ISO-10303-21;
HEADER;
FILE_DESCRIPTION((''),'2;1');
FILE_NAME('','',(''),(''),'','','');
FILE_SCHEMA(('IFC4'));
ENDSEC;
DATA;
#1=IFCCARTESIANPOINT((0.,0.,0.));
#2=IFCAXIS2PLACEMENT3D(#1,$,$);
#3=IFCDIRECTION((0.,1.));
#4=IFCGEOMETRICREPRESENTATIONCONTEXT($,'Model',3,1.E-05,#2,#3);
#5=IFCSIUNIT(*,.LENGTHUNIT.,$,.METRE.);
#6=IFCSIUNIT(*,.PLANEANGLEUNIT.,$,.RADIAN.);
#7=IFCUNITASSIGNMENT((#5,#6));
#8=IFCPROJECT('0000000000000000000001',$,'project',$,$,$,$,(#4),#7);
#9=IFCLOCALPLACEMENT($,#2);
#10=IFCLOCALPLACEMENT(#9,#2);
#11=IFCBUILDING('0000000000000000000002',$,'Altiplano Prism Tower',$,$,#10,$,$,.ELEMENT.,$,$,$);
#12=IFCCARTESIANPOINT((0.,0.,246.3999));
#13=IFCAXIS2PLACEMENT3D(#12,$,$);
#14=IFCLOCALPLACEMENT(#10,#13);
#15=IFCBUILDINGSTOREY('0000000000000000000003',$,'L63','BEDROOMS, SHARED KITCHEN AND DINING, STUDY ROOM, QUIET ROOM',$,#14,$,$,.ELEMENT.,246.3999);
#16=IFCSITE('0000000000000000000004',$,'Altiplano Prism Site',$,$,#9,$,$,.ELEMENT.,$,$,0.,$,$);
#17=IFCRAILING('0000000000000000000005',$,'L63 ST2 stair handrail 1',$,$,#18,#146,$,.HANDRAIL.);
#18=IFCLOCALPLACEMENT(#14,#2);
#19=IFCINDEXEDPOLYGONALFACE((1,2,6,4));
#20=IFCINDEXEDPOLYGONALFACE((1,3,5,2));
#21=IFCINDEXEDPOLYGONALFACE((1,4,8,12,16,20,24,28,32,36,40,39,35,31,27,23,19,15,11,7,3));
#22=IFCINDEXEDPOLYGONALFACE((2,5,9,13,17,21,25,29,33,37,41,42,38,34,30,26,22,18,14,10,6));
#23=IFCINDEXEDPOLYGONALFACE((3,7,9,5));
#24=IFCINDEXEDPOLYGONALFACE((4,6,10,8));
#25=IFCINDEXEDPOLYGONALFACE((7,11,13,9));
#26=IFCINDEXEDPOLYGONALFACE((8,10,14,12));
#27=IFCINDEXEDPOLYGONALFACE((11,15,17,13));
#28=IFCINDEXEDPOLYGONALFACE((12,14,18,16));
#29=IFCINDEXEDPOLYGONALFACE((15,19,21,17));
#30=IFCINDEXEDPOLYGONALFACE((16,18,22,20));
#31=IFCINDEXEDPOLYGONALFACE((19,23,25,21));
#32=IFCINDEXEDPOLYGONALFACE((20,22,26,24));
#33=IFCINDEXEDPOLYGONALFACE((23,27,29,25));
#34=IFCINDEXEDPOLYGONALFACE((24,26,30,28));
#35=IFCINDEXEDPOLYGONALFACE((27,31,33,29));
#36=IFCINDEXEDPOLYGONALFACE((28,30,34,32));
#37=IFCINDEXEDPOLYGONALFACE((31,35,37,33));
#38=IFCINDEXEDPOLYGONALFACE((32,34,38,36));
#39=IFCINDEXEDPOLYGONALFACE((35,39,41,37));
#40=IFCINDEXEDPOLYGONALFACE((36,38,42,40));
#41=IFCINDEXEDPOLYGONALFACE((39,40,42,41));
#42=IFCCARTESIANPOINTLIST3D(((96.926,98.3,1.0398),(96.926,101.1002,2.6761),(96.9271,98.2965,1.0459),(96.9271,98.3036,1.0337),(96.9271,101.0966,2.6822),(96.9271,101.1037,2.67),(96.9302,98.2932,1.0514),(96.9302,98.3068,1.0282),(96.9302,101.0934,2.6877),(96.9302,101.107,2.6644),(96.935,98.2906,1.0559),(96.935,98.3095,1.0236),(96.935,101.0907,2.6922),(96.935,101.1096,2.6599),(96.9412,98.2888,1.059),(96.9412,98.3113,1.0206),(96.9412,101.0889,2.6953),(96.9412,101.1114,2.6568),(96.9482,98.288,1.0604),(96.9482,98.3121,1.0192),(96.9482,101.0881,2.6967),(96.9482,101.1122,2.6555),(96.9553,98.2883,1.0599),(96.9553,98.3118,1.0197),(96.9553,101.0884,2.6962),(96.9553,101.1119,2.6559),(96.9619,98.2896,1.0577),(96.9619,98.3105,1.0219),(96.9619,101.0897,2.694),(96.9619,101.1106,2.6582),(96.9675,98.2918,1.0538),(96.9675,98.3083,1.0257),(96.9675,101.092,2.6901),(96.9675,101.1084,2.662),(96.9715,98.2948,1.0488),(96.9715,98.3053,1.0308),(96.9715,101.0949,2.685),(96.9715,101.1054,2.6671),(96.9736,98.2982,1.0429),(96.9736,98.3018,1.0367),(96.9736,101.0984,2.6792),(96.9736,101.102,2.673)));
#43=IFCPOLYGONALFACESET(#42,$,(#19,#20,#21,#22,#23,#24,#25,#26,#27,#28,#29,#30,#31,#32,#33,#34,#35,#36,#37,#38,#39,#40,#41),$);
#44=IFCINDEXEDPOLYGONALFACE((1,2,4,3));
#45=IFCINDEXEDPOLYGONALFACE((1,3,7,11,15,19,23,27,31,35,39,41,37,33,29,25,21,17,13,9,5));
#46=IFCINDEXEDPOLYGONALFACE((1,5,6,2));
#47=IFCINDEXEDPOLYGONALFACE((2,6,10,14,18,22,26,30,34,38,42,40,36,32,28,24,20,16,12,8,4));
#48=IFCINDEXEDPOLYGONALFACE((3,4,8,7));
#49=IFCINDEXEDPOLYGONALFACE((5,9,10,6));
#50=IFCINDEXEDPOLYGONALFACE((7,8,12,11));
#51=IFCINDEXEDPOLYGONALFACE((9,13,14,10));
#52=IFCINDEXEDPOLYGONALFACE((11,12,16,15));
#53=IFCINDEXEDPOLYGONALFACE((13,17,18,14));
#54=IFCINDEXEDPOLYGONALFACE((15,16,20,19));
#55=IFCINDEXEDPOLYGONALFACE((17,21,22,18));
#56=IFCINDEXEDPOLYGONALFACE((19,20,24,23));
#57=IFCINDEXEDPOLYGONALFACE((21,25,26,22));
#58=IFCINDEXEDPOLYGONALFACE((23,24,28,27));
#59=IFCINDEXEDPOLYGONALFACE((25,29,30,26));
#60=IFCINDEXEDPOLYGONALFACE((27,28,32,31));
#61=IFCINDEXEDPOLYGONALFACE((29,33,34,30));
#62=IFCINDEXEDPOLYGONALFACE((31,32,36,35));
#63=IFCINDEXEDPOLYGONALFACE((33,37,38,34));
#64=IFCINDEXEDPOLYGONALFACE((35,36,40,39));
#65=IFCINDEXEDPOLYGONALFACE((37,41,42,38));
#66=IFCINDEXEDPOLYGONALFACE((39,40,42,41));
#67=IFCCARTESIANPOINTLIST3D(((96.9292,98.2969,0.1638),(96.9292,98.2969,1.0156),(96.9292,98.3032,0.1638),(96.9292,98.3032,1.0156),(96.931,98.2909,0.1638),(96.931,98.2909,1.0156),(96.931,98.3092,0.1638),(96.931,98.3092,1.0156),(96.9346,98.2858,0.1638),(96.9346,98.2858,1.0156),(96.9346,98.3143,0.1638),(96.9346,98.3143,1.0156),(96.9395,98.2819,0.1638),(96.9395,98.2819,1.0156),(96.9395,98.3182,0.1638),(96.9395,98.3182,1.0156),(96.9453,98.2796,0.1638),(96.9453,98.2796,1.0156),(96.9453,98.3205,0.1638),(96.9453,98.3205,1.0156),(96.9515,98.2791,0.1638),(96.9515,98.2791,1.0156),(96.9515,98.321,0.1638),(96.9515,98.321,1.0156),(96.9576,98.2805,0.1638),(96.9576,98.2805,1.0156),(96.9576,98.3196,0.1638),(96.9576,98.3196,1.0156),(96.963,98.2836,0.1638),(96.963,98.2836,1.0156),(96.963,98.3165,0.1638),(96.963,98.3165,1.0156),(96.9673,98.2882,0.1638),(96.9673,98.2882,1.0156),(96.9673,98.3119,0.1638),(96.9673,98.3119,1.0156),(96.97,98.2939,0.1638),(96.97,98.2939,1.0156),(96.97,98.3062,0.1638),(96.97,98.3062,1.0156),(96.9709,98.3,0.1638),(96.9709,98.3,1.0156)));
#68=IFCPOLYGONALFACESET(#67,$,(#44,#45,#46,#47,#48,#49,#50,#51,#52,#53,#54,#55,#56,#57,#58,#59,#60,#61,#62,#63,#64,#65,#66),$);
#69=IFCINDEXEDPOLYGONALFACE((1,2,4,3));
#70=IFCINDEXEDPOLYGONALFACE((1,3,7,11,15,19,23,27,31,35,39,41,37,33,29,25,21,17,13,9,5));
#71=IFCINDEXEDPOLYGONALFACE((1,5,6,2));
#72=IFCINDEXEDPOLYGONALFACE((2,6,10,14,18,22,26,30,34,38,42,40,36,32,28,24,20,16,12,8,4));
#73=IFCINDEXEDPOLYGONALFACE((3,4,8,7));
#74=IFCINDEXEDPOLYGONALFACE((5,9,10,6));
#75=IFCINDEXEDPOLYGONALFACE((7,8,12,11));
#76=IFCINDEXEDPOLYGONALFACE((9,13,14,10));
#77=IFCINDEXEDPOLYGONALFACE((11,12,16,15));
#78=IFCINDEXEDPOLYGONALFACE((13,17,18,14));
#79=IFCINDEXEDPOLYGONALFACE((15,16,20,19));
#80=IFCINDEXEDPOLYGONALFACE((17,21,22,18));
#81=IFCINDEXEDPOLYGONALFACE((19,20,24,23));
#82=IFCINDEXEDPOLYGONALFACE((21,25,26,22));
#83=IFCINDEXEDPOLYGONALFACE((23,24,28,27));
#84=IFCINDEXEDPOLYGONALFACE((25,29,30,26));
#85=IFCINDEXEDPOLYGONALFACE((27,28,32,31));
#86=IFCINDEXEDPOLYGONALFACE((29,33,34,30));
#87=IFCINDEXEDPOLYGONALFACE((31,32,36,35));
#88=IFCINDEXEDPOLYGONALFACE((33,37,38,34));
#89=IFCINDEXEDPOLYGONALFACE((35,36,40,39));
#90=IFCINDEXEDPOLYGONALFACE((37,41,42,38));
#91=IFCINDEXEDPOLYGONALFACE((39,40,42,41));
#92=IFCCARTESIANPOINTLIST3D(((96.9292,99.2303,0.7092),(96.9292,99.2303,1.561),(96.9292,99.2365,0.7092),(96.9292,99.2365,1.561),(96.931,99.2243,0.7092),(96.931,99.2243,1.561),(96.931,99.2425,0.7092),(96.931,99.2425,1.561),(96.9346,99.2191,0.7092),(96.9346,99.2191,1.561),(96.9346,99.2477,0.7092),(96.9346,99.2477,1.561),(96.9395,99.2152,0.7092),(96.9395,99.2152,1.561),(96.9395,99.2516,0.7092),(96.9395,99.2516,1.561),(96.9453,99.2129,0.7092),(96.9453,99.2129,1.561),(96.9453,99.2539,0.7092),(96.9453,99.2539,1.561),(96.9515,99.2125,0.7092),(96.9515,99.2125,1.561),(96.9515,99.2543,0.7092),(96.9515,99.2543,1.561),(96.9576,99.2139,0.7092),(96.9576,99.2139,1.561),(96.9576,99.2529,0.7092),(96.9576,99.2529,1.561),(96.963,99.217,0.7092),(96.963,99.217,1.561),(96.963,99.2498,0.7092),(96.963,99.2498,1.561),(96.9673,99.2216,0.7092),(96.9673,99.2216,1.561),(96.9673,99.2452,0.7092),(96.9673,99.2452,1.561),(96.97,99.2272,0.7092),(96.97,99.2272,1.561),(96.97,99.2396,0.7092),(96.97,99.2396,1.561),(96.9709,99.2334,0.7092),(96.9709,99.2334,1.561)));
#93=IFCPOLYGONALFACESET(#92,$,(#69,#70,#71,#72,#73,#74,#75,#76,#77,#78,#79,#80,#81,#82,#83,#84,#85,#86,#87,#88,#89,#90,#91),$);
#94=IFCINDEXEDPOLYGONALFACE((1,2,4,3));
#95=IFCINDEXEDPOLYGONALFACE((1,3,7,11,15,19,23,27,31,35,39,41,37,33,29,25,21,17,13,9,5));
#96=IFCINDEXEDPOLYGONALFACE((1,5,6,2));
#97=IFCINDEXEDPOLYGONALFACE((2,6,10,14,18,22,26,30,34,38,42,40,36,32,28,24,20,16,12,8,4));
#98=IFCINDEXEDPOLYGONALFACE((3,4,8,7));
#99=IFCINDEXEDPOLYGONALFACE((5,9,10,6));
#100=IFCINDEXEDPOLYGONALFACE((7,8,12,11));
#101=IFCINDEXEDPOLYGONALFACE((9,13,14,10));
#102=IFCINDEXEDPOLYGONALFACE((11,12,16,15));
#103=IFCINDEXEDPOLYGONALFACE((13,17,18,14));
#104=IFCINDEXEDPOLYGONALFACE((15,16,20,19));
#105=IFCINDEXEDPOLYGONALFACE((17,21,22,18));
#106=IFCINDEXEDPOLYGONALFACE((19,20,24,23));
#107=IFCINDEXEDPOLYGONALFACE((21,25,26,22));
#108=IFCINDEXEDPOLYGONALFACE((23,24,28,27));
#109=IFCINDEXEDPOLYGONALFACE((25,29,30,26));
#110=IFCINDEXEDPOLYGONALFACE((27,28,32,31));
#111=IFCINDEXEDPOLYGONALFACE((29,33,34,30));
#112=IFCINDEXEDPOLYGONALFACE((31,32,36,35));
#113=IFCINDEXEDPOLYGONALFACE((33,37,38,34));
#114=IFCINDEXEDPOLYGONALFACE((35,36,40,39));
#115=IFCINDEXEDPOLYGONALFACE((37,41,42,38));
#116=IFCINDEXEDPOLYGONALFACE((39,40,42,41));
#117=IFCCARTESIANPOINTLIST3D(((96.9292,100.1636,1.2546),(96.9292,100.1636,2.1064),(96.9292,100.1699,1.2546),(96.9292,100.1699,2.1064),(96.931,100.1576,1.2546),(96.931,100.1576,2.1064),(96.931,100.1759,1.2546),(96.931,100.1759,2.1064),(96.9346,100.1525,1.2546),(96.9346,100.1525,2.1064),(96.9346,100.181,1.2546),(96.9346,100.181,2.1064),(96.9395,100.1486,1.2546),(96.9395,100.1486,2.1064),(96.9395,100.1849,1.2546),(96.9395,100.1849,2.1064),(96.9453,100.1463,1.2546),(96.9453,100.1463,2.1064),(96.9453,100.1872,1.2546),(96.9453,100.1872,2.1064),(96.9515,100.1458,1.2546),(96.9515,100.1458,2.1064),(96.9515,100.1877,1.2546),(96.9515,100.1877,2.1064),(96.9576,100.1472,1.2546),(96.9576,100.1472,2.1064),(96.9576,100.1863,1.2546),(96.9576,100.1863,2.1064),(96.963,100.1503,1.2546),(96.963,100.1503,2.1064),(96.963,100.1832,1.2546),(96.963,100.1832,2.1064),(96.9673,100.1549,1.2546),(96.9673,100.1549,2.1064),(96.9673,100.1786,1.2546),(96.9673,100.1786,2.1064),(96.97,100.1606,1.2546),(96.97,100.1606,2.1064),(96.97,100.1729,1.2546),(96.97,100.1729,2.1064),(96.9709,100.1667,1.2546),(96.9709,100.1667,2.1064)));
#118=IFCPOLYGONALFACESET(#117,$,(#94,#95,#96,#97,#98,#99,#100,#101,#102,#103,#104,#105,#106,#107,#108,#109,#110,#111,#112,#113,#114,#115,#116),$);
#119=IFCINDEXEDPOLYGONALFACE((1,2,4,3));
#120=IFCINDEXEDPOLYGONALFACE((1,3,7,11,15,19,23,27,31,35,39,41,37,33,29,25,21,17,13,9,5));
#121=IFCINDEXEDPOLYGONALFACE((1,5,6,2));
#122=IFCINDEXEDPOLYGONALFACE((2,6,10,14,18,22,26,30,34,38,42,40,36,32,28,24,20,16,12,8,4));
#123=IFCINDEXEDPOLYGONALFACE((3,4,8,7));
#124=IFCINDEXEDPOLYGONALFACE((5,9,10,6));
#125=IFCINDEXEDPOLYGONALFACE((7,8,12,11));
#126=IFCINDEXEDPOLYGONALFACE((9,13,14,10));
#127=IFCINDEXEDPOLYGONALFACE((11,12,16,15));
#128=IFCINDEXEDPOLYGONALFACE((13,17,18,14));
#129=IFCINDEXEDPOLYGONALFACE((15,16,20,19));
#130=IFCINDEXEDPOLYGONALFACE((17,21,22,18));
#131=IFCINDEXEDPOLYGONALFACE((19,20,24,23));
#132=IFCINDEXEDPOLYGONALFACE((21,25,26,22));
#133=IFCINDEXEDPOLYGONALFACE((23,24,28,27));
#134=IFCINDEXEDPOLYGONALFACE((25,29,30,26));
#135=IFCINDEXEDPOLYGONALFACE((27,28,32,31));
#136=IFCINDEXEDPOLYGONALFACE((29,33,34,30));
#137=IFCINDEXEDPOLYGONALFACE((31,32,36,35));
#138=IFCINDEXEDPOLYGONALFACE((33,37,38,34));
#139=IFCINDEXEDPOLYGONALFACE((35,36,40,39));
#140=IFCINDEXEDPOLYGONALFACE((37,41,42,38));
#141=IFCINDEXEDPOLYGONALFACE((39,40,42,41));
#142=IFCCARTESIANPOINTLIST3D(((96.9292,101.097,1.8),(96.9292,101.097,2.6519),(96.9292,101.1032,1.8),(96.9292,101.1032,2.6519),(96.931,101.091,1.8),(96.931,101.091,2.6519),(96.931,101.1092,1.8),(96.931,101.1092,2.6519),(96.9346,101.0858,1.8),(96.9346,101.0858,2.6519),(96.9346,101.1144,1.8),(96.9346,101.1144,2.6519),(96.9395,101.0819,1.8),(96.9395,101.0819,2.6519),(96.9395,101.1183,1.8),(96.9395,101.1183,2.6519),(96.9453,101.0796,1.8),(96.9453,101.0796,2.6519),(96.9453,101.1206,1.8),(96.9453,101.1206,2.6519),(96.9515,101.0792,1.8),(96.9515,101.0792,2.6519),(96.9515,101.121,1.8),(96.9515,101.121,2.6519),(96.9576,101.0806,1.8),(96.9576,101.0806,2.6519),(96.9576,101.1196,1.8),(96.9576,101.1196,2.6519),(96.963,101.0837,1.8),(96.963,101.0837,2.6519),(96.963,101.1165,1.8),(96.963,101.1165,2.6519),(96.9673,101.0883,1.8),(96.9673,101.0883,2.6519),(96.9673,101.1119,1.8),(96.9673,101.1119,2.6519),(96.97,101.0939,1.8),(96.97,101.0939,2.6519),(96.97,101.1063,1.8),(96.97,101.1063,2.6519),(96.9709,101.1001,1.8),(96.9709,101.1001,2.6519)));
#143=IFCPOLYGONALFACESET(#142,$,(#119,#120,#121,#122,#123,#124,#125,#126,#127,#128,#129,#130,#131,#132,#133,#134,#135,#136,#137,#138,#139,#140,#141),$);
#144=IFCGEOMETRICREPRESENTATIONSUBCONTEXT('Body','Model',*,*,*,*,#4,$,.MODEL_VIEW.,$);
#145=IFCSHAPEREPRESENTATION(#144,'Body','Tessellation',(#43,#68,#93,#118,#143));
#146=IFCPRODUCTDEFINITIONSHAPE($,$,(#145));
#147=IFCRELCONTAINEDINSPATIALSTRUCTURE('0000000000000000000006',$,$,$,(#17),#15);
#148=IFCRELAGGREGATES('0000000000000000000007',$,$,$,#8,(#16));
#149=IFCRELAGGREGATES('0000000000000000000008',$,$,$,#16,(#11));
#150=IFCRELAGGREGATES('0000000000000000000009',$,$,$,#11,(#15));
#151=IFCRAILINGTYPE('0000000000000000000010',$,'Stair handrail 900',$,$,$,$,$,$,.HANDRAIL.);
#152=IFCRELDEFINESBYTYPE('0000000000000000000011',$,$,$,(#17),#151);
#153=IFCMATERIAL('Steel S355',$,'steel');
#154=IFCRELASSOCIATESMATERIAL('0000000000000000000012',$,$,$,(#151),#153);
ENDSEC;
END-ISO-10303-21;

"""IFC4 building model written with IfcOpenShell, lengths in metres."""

from ifc_helpers import new_model, si_unit, direction, frame, origin, origin_2d, place, context, subcontext, project, spatial, circle, extrude, material, type_object, element, save


model = new_model("IFC4")

# Units and contexts
model_context = context("Model", 3, precision=1e-05, world=origin(), true_north=direction((0.0, 1.0)))
body_context = subcontext(model_context, "Body", "Model", "MODEL_VIEW")
ifc_project = project(units=[si_unit("LENGTHUNIT", "METRE"), si_unit("PLANEANGLEUNIT", "RADIAN")], contexts=[model_context])

# Site, building, storey
site_placement = place(None, origin())
site = spatial("IfcSite", under=ifc_project, at=site_placement, Name="Altiplano Prism Site", CompositionType="ELEMENT", RefElevation=0.0)
building_placement = place(site_placement, origin())
building = spatial("IfcBuilding", under=site, at=building_placement, Name="Altiplano Prism Tower", CompositionType="ELEMENT")
storey_placement = place(building_placement, frame((0.0, 0.0, 246.3999)))
storey = spatial("IfcBuildingStorey", under=building, at=storey_placement, Name="L63", Description="BEDROOMS, SHARED KITCHEN AND DINING, STUDY ROOM, QUIET ROOM", CompositionType="ELEMENT", Elevation=246.3999)

# Railing
ifc_material_1 = material(Name="Steel S355", Category="steel")
railing_type_1 = type_object("IfcRailingType", Name="Stair handrail 900", PredefinedType="HANDRAIL", material=ifc_material_1)
railing_1_placement = place(storey_placement, frame((96.95, 98.3, 0.1638)))
element("IfcRailing", 1, at=railing_1_placement, inside=storey, type_object=railing_type_1, Name="L63 ST2 stair handrail 1", PredefinedType="HANDRAIL", context=body_context, shape_type="SweptSolid", body=[
    extrude(circle(Radius=0.0239, at=origin_2d()), frame((0.0, 0.0, 0.876), z_axis=(0.0, 0.863394, 0.504531), x_axis=(-1.0, 0.0, 0.0)), (0.0, 0.0, 1.0), 3.2432),
    extrude(circle(Radius=0.021, at=origin_2d()), origin(), (0.0, 0.0, 1.0), 0.8518),
    extrude(circle(Radius=0.021, at=origin_2d()), frame((0.0, 0.9333, 0.5454)), (0.0, 0.0, 1.0), 0.8518),
    extrude(circle(Radius=0.021, at=origin_2d()), frame((0.0, 1.8667, 1.0908)), (0.0, 0.0, 1.0), 0.8518),
    extrude(circle(Radius=0.021, at=origin_2d()), frame((0.0, 2.8, 1.6362)), (0.0, 0.0, 1.0), 0.8518),
])

save(model, "model.ifc")
